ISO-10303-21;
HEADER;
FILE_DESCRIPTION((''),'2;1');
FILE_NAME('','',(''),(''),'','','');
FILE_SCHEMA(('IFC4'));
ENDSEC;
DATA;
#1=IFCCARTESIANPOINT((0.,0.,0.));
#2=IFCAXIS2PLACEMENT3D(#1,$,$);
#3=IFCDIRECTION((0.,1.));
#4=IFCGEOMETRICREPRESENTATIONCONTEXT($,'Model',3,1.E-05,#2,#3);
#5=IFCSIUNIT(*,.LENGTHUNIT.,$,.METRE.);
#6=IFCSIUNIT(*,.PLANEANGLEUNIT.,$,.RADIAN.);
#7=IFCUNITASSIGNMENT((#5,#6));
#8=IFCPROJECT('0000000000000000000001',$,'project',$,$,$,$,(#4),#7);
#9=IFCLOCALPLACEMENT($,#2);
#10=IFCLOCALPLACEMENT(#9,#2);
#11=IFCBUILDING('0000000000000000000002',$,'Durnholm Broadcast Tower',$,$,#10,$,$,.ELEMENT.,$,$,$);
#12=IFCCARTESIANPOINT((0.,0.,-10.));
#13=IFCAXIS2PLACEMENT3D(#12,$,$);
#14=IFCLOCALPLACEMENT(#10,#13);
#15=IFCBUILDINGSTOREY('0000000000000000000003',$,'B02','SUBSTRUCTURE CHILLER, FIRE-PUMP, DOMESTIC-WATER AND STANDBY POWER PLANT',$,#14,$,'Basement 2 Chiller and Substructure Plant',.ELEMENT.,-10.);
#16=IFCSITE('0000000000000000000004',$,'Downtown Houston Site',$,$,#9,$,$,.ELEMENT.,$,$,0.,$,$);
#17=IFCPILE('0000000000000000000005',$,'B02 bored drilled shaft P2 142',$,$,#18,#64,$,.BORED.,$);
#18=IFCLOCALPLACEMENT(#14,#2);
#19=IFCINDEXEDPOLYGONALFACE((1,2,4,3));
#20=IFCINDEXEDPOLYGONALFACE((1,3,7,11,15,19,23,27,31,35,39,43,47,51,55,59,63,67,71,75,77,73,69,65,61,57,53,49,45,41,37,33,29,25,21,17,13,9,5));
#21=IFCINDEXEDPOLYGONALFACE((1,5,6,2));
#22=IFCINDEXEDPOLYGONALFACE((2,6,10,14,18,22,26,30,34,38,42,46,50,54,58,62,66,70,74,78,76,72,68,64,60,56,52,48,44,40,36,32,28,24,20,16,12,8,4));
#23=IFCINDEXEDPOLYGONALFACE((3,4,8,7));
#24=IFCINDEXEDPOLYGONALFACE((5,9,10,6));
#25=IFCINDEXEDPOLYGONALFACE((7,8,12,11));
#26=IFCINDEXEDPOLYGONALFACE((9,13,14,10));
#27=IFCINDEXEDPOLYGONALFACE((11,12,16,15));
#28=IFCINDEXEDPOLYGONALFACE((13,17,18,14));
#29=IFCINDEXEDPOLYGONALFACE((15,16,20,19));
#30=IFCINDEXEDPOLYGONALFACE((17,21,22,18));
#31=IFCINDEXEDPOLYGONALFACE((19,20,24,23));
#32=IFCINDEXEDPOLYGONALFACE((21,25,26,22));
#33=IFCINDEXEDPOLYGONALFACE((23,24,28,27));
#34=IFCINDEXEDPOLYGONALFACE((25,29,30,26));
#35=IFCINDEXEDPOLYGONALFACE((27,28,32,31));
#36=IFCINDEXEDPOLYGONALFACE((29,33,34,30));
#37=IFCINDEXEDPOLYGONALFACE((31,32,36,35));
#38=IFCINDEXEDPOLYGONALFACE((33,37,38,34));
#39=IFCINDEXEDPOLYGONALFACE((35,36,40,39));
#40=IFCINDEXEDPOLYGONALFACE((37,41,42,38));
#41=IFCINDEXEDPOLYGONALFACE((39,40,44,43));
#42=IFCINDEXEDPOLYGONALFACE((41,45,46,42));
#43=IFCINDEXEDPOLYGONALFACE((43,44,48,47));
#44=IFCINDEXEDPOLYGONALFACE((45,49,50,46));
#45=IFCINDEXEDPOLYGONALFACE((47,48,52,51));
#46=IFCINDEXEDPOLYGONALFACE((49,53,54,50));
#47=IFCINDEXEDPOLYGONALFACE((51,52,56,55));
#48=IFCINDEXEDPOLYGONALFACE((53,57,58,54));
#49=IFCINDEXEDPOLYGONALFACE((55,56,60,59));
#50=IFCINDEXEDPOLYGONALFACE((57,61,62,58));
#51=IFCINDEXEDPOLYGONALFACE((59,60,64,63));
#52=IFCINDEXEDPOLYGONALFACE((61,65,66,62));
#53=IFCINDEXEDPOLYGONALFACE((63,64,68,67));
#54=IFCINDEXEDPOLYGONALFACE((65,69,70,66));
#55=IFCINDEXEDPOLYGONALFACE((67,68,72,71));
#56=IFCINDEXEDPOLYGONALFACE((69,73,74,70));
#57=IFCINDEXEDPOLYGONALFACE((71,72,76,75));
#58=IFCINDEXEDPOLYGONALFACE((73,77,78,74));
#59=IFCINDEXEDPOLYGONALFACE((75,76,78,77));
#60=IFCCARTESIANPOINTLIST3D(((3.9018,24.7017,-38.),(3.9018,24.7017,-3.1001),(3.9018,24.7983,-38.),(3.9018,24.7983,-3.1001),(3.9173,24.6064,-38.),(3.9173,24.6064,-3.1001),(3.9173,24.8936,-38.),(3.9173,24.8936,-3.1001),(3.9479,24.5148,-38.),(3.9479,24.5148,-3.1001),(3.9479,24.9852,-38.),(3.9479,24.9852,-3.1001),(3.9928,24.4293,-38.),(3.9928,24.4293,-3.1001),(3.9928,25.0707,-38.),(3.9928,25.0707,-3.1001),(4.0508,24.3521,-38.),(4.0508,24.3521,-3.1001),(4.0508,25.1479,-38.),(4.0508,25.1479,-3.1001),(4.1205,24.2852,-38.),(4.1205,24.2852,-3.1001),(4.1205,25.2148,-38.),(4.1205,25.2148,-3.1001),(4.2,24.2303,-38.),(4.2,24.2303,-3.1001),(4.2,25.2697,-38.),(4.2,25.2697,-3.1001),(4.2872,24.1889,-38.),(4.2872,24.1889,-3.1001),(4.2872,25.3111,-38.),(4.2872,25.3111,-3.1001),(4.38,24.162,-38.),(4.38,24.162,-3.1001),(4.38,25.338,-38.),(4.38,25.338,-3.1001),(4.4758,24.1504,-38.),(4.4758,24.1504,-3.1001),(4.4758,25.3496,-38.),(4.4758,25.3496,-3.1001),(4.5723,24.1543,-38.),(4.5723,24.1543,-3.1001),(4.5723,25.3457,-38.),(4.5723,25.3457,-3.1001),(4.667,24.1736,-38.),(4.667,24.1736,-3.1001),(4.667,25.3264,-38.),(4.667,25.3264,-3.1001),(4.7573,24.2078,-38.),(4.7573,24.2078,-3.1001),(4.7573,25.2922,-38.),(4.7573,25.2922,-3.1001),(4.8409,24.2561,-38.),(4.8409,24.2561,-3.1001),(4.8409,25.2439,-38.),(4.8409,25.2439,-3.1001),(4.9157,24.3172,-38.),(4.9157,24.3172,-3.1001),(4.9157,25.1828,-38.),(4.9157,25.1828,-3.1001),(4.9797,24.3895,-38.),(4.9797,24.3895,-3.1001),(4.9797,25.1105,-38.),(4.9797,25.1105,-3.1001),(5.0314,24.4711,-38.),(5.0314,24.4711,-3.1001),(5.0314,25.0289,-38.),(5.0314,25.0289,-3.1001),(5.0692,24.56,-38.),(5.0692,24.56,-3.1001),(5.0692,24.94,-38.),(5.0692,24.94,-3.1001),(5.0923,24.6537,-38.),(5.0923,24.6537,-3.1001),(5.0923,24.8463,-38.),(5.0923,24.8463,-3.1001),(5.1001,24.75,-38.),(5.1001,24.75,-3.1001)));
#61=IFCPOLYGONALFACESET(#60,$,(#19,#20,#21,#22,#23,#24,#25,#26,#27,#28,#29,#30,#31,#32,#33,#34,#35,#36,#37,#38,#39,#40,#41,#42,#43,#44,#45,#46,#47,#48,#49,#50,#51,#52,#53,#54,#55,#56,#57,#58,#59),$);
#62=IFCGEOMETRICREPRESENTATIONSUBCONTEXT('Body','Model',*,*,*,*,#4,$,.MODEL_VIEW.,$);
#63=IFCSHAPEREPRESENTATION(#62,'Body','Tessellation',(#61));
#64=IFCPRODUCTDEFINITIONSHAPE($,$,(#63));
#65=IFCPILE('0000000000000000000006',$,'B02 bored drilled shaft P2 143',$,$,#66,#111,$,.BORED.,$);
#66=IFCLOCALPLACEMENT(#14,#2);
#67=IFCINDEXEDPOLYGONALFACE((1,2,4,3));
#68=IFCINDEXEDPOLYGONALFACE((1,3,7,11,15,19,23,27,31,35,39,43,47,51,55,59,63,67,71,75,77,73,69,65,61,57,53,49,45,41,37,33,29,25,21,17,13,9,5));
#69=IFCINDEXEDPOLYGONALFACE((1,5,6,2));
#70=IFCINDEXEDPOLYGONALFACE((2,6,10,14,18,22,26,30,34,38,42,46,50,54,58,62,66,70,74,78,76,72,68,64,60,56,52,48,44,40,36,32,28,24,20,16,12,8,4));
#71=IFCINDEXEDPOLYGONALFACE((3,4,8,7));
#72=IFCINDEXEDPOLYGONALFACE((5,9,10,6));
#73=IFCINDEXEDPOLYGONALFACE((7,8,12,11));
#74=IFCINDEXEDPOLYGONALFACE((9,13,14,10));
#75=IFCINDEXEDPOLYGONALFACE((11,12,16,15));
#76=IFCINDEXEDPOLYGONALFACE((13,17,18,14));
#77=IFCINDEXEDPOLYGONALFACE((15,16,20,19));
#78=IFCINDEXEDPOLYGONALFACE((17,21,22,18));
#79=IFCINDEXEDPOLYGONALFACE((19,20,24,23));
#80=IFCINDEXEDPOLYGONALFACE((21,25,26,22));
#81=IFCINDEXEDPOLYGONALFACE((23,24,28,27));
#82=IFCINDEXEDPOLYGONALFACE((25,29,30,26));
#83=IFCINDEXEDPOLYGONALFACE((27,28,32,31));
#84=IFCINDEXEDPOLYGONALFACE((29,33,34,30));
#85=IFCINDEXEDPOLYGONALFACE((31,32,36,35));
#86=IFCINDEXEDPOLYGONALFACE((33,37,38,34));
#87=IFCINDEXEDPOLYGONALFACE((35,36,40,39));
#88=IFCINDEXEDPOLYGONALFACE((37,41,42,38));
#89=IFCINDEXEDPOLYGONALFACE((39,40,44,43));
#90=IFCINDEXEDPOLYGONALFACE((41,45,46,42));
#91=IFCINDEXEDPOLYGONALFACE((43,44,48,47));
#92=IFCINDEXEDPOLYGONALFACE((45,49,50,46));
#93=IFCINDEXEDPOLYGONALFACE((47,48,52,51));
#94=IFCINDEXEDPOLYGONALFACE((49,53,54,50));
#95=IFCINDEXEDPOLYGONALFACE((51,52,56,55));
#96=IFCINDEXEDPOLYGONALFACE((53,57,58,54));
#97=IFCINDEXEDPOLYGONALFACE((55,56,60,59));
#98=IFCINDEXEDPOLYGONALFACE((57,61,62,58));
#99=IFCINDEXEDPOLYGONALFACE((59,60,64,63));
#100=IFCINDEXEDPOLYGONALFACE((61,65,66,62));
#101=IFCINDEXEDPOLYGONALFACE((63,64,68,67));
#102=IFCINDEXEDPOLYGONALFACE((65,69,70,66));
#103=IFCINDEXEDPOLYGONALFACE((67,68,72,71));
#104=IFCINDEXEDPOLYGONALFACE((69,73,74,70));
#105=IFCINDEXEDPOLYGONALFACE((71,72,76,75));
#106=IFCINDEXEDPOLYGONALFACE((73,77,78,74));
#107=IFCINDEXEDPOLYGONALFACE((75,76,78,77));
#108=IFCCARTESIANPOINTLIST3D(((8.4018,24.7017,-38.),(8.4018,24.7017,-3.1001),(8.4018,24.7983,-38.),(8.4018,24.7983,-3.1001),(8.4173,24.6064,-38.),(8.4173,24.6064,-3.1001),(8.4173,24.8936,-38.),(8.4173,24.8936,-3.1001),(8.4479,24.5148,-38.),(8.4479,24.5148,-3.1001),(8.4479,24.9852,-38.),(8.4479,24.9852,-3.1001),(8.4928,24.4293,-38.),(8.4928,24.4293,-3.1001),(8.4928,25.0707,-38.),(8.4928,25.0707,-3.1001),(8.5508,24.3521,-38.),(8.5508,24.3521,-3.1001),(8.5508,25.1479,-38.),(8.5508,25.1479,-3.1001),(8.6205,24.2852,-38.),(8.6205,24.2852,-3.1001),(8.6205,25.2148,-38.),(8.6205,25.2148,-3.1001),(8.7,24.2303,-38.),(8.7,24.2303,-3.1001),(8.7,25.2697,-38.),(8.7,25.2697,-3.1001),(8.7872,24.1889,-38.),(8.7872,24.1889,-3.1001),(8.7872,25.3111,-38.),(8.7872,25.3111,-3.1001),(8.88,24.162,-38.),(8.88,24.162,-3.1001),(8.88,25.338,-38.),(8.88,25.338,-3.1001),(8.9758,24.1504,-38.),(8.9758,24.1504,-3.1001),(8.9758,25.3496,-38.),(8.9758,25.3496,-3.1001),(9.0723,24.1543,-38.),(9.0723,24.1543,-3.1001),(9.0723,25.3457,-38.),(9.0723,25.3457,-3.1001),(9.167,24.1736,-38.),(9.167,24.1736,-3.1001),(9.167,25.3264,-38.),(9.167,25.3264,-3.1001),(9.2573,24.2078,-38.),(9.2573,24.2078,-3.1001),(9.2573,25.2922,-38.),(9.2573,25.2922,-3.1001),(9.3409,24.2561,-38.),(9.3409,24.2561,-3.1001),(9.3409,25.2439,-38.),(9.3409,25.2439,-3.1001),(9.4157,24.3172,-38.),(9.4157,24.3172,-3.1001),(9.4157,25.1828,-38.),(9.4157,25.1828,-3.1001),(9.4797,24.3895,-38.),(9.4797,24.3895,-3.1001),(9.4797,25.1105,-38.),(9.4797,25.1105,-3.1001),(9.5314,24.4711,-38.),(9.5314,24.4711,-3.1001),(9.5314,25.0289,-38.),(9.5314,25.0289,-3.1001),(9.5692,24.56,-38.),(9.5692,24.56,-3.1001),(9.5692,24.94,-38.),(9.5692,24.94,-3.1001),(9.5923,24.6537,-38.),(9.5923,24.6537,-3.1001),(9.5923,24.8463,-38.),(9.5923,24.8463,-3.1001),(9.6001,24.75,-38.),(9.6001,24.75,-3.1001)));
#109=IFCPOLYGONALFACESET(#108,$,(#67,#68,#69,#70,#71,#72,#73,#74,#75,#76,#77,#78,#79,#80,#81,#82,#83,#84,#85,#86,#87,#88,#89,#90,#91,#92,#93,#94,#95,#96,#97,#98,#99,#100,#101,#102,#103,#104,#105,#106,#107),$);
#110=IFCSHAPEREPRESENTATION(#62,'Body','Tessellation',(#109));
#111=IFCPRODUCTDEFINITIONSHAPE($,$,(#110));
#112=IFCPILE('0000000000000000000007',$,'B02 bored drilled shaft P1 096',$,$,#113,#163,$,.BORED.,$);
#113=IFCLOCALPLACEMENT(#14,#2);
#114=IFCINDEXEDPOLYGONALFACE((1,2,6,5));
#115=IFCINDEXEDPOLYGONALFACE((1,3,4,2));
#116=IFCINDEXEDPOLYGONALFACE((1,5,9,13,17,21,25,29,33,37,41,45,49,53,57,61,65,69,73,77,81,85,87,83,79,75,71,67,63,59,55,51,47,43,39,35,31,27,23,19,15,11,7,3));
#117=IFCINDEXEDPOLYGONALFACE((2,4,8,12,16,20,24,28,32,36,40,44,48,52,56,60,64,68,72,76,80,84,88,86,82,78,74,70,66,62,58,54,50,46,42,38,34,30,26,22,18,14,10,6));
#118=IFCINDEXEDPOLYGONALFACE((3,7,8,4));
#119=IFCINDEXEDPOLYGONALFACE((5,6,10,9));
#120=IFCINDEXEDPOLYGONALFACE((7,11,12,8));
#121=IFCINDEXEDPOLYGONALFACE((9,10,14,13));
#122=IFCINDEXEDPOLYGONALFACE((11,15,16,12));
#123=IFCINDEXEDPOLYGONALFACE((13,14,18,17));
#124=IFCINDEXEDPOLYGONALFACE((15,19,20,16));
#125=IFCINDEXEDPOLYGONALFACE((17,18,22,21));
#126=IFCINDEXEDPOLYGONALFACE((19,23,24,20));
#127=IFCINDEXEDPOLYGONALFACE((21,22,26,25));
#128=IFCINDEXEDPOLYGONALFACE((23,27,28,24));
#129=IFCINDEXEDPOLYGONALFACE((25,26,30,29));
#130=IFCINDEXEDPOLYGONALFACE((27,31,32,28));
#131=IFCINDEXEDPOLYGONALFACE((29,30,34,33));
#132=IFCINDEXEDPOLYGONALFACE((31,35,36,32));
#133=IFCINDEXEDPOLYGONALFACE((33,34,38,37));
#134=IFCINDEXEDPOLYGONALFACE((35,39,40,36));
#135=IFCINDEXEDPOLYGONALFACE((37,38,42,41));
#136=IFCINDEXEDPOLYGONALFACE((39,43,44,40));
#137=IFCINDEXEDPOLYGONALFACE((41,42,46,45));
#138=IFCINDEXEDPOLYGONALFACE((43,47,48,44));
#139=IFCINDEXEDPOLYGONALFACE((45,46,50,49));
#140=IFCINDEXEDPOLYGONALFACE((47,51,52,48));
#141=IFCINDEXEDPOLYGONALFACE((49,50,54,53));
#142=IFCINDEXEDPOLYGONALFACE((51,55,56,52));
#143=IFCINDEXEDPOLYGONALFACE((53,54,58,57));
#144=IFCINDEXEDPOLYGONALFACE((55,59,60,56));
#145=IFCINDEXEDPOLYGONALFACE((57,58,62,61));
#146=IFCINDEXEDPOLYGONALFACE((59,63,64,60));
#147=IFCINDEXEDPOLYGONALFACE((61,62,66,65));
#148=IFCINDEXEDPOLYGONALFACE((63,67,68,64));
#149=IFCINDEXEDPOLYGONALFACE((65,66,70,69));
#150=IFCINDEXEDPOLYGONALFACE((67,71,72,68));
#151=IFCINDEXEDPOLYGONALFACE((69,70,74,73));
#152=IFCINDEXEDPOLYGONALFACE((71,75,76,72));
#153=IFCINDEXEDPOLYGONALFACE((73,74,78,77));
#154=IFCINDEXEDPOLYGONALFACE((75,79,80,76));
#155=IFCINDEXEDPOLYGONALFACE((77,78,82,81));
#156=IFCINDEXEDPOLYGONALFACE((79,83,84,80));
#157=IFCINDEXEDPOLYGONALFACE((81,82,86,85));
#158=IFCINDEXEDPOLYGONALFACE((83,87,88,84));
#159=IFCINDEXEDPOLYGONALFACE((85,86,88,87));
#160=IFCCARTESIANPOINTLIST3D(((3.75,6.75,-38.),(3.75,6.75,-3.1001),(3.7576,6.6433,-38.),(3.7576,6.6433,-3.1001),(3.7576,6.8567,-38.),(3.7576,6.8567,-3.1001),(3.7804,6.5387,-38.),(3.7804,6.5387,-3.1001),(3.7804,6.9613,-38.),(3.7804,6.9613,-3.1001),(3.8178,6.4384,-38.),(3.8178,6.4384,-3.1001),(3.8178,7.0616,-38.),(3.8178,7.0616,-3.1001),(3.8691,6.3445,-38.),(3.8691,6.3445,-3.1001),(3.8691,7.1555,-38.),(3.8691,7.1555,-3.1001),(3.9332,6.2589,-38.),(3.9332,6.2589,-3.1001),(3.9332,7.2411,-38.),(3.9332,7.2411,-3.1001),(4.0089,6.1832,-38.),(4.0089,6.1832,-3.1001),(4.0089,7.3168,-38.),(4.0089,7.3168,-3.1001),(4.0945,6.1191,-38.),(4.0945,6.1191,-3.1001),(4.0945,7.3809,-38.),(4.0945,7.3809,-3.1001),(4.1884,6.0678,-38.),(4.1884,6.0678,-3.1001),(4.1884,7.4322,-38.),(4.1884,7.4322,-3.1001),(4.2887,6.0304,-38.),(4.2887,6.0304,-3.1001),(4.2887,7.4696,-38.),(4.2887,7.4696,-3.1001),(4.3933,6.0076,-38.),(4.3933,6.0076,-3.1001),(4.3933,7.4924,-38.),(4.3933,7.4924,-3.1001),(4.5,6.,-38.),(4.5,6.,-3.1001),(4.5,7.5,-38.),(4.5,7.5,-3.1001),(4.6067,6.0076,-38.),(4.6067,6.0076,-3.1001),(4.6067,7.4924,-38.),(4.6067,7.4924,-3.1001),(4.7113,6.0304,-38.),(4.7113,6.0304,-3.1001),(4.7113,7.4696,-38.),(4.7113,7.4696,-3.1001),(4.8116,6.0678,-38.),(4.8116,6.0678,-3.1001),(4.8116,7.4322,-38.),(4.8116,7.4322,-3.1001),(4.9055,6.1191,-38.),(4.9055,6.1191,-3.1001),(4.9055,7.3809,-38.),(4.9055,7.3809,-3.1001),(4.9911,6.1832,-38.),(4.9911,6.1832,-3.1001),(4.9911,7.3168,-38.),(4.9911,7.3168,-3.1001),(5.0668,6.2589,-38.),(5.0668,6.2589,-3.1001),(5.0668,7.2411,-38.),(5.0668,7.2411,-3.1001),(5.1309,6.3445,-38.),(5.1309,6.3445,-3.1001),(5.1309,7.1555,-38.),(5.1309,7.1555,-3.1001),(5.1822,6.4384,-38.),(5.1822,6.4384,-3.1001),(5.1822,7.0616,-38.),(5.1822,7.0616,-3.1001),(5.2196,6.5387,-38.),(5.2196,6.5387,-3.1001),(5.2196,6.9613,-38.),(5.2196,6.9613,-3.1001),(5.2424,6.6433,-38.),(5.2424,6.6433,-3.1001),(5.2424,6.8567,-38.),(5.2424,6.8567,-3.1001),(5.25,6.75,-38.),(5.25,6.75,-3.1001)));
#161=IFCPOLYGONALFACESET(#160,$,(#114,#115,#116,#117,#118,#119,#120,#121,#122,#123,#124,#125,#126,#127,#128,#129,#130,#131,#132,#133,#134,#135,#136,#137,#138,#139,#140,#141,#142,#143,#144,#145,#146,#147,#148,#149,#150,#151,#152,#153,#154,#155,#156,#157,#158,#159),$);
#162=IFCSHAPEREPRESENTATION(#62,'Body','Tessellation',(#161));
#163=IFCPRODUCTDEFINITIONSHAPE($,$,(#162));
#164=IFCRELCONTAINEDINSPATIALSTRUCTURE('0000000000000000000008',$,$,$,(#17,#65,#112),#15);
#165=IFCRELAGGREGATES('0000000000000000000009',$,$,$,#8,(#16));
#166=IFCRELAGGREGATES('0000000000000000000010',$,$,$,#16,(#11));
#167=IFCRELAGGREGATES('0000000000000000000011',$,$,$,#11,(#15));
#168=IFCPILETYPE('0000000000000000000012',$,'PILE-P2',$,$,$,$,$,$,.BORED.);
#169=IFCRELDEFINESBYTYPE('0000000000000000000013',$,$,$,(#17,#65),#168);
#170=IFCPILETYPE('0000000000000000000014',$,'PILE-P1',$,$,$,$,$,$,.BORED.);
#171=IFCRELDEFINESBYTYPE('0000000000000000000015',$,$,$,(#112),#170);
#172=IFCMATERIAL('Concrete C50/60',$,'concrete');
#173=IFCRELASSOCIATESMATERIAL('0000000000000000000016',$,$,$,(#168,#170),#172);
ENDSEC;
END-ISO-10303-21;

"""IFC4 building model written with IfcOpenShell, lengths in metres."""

from ifc_helpers import new_model, si_unit, direction, frame, origin, origin_2d, place, context, subcontext, project, spatial, circle, extrude, source, transform, mapped, material, material_profile, profile_set, type_object, type_shapes, element, save


model = new_model("IFC4")

# Units and contexts
model_context = context("Model", 3, precision=1e-05, world=origin(), true_north=direction((0.0, 1.0)))
body_context = subcontext(model_context, "Body", "Model", "MODEL_VIEW")
ifc_project = project(units=[si_unit("LENGTHUNIT", "METRE"), si_unit("PLANEANGLEUNIT", "RADIAN")], contexts=[model_context])

# Site, building, storey
site_placement = place(None, origin())
site = spatial("IfcSite", under=ifc_project, at=site_placement, Name="Downtown Houston Site", CompositionType="ELEMENT", RefElevation=0.0)
building_placement = place(site_placement, origin())
building = spatial("IfcBuilding", under=site, at=building_placement, Name="Durnholm Broadcast Tower", CompositionType="ELEMENT")
storey_placement = place(building_placement, frame((0.0, 0.0, -10.0)))
storey = spatial("IfcBuildingStorey", under=building, at=storey_placement, Name="B02", Description="SUBSTRUCTURE CHILLER, FIRE-PUMP, DOMESTIC-WATER AND STANDBY POWER PLANT", LongName="Basement 2 Chiller and Substructure Plant", CompositionType="ELEMENT", Elevation=-10.0)

# Piles
ifc_material_1 = material(Name="Concrete C50/60", Category="concrete")
ifc_material_profile_1 = material_profile(ifc_material_1, circle(Radius=0.6001, at=origin_2d()), Name="PILE1200")
ifc_profile_set_1 = profile_set([ifc_material_profile_1], Name="Concrete C50/60")
pile_type_1 = type_object("IfcPileType", Name="PILE-P2", PredefinedType="BORED", material=ifc_profile_set_1)
shared_shape_1 = source(origin(), body_context, "Body", "SweptSolid", [
    extrude(circle(Radius=0.6001, at=origin_2d()), origin(), (0.0, 0.0, 1.0), 34.8999),
])
type_shapes(pile_type_1, [shared_shape_1])
for number, where, z_axis, x_axis, name in (
    (1, (4.5, 24.75, -3.1001), (0.0, 0.0, -1.0), (1.0, 0.0, 0.0), "B02 bored drilled shaft P2 142"),
    (2, (9.0, 24.75, -3.1001), (0.0, 0.0, -1.0), (1.0, 0.0, 0.0), "B02 bored drilled shaft P2 143"),
):
    element("IfcPile", number, at=place(storey_placement, frame(where, z_axis=z_axis, x_axis=x_axis)), inside=storey, type_object=pile_type_1, Name=name, PredefinedType="BORED", context=body_context, shape_type="MappedRepresentation", body=[
        mapped(shared_shape_1, transform((0.0, 0.0, 0.0), x_axis=(1.0, 0.0, 0.0), y_axis=(0.0, 1.0, 0.0), z_axis=(0.0, 0.0, 1.0), scale=1.0)),
    ])
ifc_material_profile_2 = material_profile(ifc_material_1, circle(Radius=0.75, at=origin_2d()), Name="PILE1500")
ifc_profile_set_2 = profile_set([ifc_material_profile_2], Name="Concrete C50/60")
pile_type_2 = type_object("IfcPileType", Name="PILE-P1", PredefinedType="BORED", material=ifc_profile_set_2)
shared_shape_2 = source(origin(), body_context, "Body", "SweptSolid", [
    extrude(circle(Radius=0.75, at=origin_2d()), origin(), (0.0, 0.0, 1.0), 34.8999),
])
type_shapes(pile_type_2, [shared_shape_2])
for number, where, z_axis, x_axis, name in (
    (3, (4.5, 6.75, -3.1001), (0.0, 0.0, -1.0), (1.0, 0.0, 0.0), "B02 bored drilled shaft P1 096"),
):
    element("IfcPile", number, at=place(storey_placement, frame(where, z_axis=z_axis, x_axis=x_axis)), inside=storey, type_object=pile_type_2, Name=name, PredefinedType="BORED", context=body_context, shape_type="MappedRepresentation", body=[
        mapped(shared_shape_2, transform((0.0, 0.0, 0.0), x_axis=(1.0, 0.0, 0.0), y_axis=(0.0, 1.0, 0.0), z_axis=(0.0, 0.0, 1.0), scale=1.0)),
    ])

save(model, "model.ifc")
